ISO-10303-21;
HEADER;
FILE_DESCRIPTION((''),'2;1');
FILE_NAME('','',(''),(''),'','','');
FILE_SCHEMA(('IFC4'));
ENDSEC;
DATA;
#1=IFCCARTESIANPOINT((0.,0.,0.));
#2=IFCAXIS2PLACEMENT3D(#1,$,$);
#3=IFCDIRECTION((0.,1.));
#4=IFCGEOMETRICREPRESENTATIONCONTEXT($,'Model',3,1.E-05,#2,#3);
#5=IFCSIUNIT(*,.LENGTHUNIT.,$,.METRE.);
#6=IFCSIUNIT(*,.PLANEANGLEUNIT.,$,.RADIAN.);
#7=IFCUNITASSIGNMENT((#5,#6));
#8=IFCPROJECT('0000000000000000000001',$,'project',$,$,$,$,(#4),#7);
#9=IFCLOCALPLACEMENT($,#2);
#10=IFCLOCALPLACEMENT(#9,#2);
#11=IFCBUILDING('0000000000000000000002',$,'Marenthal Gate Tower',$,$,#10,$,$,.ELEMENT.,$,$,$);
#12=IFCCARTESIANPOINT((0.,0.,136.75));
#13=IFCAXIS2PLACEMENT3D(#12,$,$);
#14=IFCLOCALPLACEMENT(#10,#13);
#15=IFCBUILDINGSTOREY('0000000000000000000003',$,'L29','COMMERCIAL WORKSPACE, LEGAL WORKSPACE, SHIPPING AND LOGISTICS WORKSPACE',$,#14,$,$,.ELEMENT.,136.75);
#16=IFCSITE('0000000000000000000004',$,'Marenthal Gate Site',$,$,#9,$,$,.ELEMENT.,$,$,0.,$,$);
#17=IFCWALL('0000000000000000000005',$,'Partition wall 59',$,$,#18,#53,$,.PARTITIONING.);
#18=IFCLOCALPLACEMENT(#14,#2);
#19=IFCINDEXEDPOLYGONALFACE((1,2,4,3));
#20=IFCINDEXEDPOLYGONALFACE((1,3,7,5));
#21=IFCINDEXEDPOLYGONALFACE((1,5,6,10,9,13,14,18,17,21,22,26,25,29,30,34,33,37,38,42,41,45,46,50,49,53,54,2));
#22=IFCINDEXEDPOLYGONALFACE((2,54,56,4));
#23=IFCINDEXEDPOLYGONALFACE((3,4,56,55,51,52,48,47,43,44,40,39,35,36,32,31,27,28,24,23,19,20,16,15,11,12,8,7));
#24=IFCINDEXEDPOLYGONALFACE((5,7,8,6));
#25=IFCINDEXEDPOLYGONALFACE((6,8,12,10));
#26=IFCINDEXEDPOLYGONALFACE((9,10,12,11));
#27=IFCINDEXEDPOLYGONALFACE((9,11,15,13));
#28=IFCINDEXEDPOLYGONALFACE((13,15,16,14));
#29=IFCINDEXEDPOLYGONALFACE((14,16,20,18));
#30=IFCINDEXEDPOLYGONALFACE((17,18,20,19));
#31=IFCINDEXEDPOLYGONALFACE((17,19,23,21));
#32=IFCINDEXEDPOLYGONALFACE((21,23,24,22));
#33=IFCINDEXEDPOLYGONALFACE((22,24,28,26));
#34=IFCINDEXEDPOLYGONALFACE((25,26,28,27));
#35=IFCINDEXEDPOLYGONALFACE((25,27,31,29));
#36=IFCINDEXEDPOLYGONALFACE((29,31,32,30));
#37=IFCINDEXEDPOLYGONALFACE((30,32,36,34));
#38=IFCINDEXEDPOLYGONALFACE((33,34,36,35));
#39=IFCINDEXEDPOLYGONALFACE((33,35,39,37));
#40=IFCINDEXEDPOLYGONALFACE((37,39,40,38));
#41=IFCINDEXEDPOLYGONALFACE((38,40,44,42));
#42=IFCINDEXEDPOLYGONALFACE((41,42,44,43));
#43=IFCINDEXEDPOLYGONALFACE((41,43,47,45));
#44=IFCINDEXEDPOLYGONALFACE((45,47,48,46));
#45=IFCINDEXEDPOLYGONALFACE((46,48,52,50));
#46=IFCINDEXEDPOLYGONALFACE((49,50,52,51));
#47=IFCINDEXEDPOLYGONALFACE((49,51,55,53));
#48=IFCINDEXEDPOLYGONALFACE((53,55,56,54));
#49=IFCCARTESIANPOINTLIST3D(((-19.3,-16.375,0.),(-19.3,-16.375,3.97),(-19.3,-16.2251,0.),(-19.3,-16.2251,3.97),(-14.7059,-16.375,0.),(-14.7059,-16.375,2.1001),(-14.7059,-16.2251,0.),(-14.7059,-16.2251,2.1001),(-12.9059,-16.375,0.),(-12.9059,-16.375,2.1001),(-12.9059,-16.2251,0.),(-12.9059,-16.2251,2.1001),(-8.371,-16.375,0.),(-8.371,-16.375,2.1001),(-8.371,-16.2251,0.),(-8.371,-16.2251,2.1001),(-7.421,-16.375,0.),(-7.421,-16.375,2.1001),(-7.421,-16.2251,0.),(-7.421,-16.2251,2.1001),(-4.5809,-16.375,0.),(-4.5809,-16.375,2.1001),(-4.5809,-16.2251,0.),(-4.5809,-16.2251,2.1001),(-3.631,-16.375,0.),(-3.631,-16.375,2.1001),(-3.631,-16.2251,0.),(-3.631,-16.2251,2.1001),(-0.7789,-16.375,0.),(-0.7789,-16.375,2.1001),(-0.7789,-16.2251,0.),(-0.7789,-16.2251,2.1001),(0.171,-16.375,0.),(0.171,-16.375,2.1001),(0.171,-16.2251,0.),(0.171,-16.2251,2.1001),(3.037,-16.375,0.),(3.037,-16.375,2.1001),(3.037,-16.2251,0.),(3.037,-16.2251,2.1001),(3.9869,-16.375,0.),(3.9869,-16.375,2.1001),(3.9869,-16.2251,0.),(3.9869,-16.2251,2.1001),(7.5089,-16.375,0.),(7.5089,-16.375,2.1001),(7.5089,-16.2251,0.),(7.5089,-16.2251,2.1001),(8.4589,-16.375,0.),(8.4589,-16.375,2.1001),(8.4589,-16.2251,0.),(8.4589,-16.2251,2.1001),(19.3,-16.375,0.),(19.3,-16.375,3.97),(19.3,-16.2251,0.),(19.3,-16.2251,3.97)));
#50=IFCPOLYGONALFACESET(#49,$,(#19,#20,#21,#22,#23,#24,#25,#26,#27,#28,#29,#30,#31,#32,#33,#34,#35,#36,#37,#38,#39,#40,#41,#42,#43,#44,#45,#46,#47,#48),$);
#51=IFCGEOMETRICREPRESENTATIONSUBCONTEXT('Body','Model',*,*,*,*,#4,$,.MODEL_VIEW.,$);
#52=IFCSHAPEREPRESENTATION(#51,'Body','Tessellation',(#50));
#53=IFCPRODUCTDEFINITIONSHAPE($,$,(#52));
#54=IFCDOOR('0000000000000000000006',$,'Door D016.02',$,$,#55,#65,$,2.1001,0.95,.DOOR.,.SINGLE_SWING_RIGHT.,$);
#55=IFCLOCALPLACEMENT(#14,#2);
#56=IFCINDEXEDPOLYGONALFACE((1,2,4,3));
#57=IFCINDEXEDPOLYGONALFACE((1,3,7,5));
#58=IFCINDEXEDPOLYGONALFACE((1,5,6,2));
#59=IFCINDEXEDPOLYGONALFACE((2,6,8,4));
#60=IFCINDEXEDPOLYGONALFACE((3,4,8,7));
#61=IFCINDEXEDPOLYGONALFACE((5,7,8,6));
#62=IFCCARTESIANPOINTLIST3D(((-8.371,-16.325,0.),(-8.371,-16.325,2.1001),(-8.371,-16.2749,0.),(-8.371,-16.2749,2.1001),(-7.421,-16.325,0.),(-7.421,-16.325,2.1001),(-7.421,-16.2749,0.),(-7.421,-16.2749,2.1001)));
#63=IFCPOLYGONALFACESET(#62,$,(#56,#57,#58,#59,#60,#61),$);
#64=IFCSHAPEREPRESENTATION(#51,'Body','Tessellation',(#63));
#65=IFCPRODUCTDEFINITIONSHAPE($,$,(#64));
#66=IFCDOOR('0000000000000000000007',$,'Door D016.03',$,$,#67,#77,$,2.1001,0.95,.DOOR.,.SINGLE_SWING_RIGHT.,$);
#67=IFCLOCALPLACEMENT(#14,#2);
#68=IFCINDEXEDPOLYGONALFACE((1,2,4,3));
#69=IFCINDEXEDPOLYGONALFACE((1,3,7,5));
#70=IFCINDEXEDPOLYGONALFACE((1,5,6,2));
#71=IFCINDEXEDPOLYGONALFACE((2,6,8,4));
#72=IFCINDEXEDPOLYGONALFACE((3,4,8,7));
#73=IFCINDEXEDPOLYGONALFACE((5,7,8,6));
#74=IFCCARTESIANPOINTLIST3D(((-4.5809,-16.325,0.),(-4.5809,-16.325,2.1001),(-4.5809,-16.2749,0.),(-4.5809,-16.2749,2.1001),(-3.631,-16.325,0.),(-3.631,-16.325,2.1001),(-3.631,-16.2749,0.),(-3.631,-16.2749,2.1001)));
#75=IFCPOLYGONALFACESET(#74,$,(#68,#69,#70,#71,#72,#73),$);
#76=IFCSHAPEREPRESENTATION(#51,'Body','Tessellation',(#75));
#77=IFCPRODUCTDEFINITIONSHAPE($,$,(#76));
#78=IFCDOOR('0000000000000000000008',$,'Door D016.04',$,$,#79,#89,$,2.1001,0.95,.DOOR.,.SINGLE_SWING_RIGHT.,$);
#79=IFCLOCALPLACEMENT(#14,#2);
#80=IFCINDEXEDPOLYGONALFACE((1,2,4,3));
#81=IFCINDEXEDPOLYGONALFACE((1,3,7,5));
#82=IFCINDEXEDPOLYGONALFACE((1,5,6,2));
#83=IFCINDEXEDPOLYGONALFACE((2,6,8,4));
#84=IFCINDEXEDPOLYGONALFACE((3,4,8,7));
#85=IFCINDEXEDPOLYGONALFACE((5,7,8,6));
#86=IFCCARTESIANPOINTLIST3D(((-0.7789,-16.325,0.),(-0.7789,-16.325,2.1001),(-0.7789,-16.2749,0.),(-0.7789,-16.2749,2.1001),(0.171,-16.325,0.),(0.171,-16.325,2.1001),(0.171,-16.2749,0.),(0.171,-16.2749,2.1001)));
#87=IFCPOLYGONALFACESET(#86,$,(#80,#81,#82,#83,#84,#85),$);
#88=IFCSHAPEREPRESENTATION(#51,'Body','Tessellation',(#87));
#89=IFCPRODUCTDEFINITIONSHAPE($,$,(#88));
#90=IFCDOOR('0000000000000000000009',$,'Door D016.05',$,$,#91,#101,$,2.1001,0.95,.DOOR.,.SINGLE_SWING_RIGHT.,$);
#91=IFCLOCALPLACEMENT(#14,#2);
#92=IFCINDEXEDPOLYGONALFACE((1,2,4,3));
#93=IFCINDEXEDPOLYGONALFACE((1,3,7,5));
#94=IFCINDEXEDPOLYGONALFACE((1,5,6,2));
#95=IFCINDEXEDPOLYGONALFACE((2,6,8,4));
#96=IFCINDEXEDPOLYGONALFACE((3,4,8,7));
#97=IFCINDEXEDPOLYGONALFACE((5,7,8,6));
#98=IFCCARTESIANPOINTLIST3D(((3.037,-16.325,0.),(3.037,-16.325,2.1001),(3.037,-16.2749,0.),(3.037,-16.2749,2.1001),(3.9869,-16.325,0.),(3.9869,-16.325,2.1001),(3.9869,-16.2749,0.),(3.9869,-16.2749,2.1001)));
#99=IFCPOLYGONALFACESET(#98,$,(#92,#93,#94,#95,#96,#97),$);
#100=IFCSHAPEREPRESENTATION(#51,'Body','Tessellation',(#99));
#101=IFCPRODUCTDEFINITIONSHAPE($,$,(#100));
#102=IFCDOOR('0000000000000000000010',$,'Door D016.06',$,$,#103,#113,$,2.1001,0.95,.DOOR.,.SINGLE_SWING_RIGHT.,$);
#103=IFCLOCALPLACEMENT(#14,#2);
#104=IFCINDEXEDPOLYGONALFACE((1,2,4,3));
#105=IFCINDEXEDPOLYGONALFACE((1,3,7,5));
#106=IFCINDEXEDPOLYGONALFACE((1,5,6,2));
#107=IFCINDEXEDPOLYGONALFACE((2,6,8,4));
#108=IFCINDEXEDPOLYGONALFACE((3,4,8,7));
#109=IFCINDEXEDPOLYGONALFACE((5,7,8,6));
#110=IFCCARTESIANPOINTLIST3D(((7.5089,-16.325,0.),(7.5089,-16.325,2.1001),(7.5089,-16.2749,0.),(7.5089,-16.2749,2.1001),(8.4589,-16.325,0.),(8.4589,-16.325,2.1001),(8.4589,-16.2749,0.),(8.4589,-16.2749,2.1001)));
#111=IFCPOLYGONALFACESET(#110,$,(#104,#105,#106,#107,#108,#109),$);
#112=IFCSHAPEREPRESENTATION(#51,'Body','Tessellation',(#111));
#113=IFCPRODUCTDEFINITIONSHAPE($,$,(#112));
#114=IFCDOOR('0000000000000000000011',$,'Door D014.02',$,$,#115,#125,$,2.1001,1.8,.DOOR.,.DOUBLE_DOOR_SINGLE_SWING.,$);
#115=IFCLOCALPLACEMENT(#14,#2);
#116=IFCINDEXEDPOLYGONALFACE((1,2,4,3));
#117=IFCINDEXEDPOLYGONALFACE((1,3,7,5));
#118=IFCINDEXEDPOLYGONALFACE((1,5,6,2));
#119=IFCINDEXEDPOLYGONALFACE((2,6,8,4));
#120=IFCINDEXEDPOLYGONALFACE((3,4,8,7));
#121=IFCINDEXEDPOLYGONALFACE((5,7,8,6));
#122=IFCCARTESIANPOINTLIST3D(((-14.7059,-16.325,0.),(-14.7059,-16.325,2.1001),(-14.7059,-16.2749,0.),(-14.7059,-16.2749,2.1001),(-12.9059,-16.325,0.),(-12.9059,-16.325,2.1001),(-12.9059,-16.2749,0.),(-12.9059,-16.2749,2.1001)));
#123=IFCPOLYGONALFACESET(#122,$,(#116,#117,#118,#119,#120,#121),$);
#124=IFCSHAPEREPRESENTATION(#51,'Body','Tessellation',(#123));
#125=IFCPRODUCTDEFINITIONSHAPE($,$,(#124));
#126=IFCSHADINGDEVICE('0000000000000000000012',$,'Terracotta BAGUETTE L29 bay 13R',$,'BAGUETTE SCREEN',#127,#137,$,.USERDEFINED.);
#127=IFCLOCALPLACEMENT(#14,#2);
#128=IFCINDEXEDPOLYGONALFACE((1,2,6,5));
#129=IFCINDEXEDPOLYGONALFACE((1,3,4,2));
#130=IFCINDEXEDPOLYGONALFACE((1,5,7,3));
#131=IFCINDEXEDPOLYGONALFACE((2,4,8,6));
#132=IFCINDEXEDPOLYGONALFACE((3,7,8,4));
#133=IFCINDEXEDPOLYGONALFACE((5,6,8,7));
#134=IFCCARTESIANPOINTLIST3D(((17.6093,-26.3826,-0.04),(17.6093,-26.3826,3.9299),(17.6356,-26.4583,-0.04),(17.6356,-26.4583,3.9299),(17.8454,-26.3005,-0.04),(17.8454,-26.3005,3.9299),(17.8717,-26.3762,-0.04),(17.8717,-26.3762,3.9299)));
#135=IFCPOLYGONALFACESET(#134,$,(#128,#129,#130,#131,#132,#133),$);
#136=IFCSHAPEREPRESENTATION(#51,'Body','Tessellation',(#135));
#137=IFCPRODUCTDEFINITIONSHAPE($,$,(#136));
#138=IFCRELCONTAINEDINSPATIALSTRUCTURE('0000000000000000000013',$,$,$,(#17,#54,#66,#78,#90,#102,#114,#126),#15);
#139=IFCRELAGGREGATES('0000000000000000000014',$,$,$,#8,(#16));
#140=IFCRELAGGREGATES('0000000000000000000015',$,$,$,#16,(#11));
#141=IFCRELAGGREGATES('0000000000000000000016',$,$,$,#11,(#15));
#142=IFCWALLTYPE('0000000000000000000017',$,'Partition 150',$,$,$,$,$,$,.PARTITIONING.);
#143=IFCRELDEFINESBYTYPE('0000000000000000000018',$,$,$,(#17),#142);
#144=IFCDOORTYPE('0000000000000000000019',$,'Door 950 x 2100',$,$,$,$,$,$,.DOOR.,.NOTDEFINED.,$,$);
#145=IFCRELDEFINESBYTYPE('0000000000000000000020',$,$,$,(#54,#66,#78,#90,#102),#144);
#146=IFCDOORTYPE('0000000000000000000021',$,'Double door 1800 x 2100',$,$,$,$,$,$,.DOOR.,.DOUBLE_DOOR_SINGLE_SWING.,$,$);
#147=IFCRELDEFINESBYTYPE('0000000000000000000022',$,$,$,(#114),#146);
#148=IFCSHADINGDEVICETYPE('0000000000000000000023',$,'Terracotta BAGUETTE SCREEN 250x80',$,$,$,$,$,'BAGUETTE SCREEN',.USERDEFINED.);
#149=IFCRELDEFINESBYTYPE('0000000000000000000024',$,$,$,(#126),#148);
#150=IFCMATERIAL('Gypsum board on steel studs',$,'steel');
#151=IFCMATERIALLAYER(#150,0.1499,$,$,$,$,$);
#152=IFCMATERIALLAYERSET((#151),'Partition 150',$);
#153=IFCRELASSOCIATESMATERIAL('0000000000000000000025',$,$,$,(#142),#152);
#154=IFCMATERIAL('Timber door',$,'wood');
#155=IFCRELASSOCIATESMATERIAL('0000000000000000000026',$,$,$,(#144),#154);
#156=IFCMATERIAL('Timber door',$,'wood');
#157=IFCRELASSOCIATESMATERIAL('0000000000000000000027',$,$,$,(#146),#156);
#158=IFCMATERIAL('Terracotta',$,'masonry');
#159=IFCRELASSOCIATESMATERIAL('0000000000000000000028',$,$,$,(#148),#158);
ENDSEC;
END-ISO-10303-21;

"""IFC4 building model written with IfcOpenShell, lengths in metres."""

from ifc_helpers import new_model, si_unit, direction, frame, frame_2d, origin, origin_2d, place, context, subcontext, project, spatial, rectangle, extrude, material, layer, layer_set, material_profile, profile_set, type_object, element, fill, save


model = new_model("IFC4")

# Units and contexts
model_context = context("Model", 3, precision=1e-05, world=origin(), true_north=direction((0.0, 1.0)))
body_context = subcontext(model_context, "Body", "Model", "MODEL_VIEW")
ifc_project = project(units=[si_unit("LENGTHUNIT", "METRE"), si_unit("PLANEANGLEUNIT", "RADIAN")], contexts=[model_context])

# Site, building, storey
site_placement = place(None, origin())
site = spatial("IfcSite", under=ifc_project, at=site_placement, Name="Marenthal Gate Site", CompositionType="ELEMENT", RefElevation=0.0)
building_placement = place(site_placement, origin())
building = spatial("IfcBuilding", under=site, at=building_placement, Name="Marenthal Gate Tower", CompositionType="ELEMENT")
storey_placement = place(building_placement, frame((0.0, 0.0, 136.75)))
storey = spatial("IfcBuildingStorey", under=building, at=storey_placement, Name="L29", Description="COMMERCIAL WORKSPACE, LEGAL WORKSPACE, SHIPPING AND LOGISTICS WORKSPACE", CompositionType="ELEMENT", Elevation=136.75)

# Wall, openings, doors
ifc_material_1 = material(Name="Gypsum board on steel studs", Category="steel")
ifc_layer_1 = layer(ifc_material_1, 0.1499)
ifc_layer_set_1 = layer_set([ifc_layer_1], Name="Partition 150")
wall_type_1 = type_object("IfcWallType", Name="Partition 150", PredefinedType="PARTITIONING", material=ifc_layer_set_1)
wall_1_placement = place(storey_placement, frame((19.3, -16.3, 0.0), z_axis=(0.0, 0.0, 1.0), x_axis=(-1.0, 0.0, 0.0)))
wall_1 = element("IfcWall", 1, at=wall_1_placement, inside=storey, type_object=wall_type_1, Name="Partition wall 59", PredefinedType="PARTITIONING", context=body_context, shape_type="SweptSolid", body=[
    extrude(rectangle(XDim=38.6001, YDim=0.1499, at=frame_2d((19.3, 0.0))), origin(), (0.0, 0.0, 1.0), 3.97),
])
opening_1_placement = place(wall_1_placement, frame((32.2061, 0.0, 0.0)))
opening_1 = element("IfcOpeningElement", 2, at=opening_1_placement, cuts=wall_1, PredefinedType="OPENING", context=body_context, shape_type="SweptSolid", body=[
    extrude(rectangle(XDim=1.8, YDim=2.1001, at=frame_2d((0.8999, 1.05))), frame((0.0, 0.085, 0.0), z_axis=(0.0, -1.0, 0.0), x_axis=(1.0, 0.0, 0.0)), (0.0, 0.0, 1.0), 0.1699),
])
opening_2_placement = place(wall_1_placement, frame((26.7209, 0.0, 0.0)))
opening_2 = element("IfcOpeningElement", 3, at=opening_2_placement, cuts=wall_1, PredefinedType="OPENING", context=body_context, shape_type="SweptSolid", body=[
    extrude(rectangle(XDim=0.95, YDim=2.1001, at=frame_2d((0.4751, 1.05))), frame((0.0, 0.085, 0.0), z_axis=(0.0, -1.0, 0.0), x_axis=(1.0, 0.0, 0.0)), (0.0, 0.0, 1.0), 0.1699),
])
opening_3_placement = place(wall_1_placement, frame((22.9309, 0.0, 0.0)))
opening_3 = element("IfcOpeningElement", 4, at=opening_3_placement, cuts=wall_1, PredefinedType="OPENING", context=body_context, shape_type="SweptSolid", body=[
    extrude(rectangle(XDim=0.95, YDim=2.1001, at=frame_2d((0.4751, 1.05))), frame((0.0, 0.085, 0.0), z_axis=(0.0, -1.0, 0.0), x_axis=(1.0, 0.0, 0.0)), (0.0, 0.0, 1.0), 0.1699),
])
opening_4_placement = place(wall_1_placement, frame((19.1289, 0.0, 0.0)))
opening_4 = element("IfcOpeningElement", 5, at=opening_4_placement, cuts=wall_1, PredefinedType="OPENING", context=body_context, shape_type="SweptSolid", body=[
    extrude(rectangle(XDim=0.95, YDim=2.1001, at=frame_2d((0.4751, 1.05))), frame((0.0, 0.085, 0.0), z_axis=(0.0, -1.0, 0.0), x_axis=(1.0, 0.0, 0.0)), (0.0, 0.0, 1.0), 0.1699),
])
opening_5_placement = place(wall_1_placement, frame((15.313, 0.0, 0.0)))
opening_5 = element("IfcOpeningElement", 6, at=opening_5_placement, cuts=wall_1, PredefinedType="OPENING", context=body_context, shape_type="SweptSolid", body=[
    extrude(rectangle(XDim=0.95, YDim=2.1001, at=frame_2d((0.4751, 1.05))), frame((0.0, 0.085, 0.0), z_axis=(0.0, -1.0, 0.0), x_axis=(1.0, 0.0, 0.0)), (0.0, 0.0, 1.0), 0.1699),
])
opening_6_placement = place(wall_1_placement, frame((10.8411, 0.0, 0.0)))
opening_6 = element("IfcOpeningElement", 7, at=opening_6_placement, cuts=wall_1, PredefinedType="OPENING", context=body_context, shape_type="SweptSolid", body=[
    extrude(rectangle(XDim=0.95, YDim=2.1001, at=frame_2d((0.4751, 1.05))), frame((0.0, 0.085, 0.0), z_axis=(0.0, -1.0, 0.0), x_axis=(1.0, 0.0, 0.0)), (0.0, 0.0, 1.0), 0.1699),
])
ifc_material_2 = material(Name="Timber door", Category="wood")
door_type_1 = type_object("IfcDoorType", Name="Door 950 x 2100", OperationType="NOTDEFINED", PredefinedType="DOOR", material=ifc_material_2)
door_1_placement = place(opening_2_placement, origin())
door_1 = element("IfcDoor", 8, at=door_1_placement, inside=storey, type_object=door_type_1, Name="Door D016.02", OperationType="SINGLE_SWING_RIGHT", OverallHeight=2.1001, OverallWidth=0.95, PredefinedType="DOOR", context=body_context, shape_type="SweptSolid", body=[
    extrude(rectangle(XDim=0.95, YDim=2.1001, at=frame_2d((0.4751, 1.05))), frame((0.0, 0.0249, 0.0), z_axis=(0.0, -1.0, 0.0), x_axis=(1.0, 0.0, 0.0)), (0.0, 0.0, 1.0), 0.05),
])
fill(opening_2, door_1)
door_2_placement = place(opening_3_placement, origin())
door_2 = element("IfcDoor", 9, at=door_2_placement, inside=storey, type_object=door_type_1, Name="Door D016.03", OperationType="SINGLE_SWING_RIGHT", OverallHeight=2.1001, OverallWidth=0.95, PredefinedType="DOOR", context=body_context, shape_type="SweptSolid", body=[
    extrude(rectangle(XDim=0.95, YDim=2.1001, at=frame_2d((0.4751, 1.05))), frame((0.0, 0.0249, 0.0), z_axis=(0.0, -1.0, 0.0), x_axis=(1.0, 0.0, 0.0)), (0.0, 0.0, 1.0), 0.05),
])
fill(opening_3, door_2)
door_3_placement = place(opening_4_placement, origin())
door_3 = element("IfcDoor", 10, at=door_3_placement, inside=storey, type_object=door_type_1, Name="Door D016.04", OperationType="SINGLE_SWING_RIGHT", OverallHeight=2.1001, OverallWidth=0.95, PredefinedType="DOOR", context=body_context, shape_type="SweptSolid", body=[
    extrude(rectangle(XDim=0.95, YDim=2.1001, at=frame_2d((0.4751, 1.05))), frame((0.0, 0.0249, 0.0), z_axis=(0.0, -1.0, 0.0), x_axis=(1.0, 0.0, 0.0)), (0.0, 0.0, 1.0), 0.05),
])
fill(opening_4, door_3)
door_4_placement = place(opening_5_placement, origin())
door_4 = element("IfcDoor", 11, at=door_4_placement, inside=storey, type_object=door_type_1, Name="Door D016.05", OperationType="SINGLE_SWING_RIGHT", OverallHeight=2.1001, OverallWidth=0.95, PredefinedType="DOOR", context=body_context, shape_type="SweptSolid", body=[
    extrude(rectangle(XDim=0.95, YDim=2.1001, at=frame_2d((0.4751, 1.05))), frame((0.0, 0.0249, 0.0), z_axis=(0.0, -1.0, 0.0), x_axis=(1.0, 0.0, 0.0)), (0.0, 0.0, 1.0), 0.05),
])
fill(opening_5, door_4)
door_5_placement = place(opening_6_placement, origin())
door_5 = element("IfcDoor", 12, at=door_5_placement, inside=storey, type_object=door_type_1, Name="Door D016.06", OperationType="SINGLE_SWING_RIGHT", OverallHeight=2.1001, OverallWidth=0.95, PredefinedType="DOOR", context=body_context, shape_type="SweptSolid", body=[
    extrude(rectangle(XDim=0.95, YDim=2.1001, at=frame_2d((0.4751, 1.05))), frame((0.0, 0.0249, 0.0), z_axis=(0.0, -1.0, 0.0), x_axis=(1.0, 0.0, 0.0)), (0.0, 0.0, 1.0), 0.05),
])
fill(opening_6, door_5)
ifc_material_3 = material(Name="Timber door", Category="wood")
door_type_2 = type_object("IfcDoorType", Name="Double door 1800 x 2100", OperationType="DOUBLE_DOOR_SINGLE_SWING", PredefinedType="DOOR", material=ifc_material_3)
door_6_placement = place(opening_1_placement, origin())
door_6 = element("IfcDoor", 13, at=door_6_placement, inside=storey, type_object=door_type_2, Name="Door D014.02", OperationType="DOUBLE_DOOR_SINGLE_SWING", OverallHeight=2.1001, OverallWidth=1.8, PredefinedType="DOOR", context=body_context, shape_type="SweptSolid", body=[
    extrude(rectangle(XDim=1.8, YDim=2.1001, at=frame_2d((0.8999, 1.05))), frame((0.0, 0.0249, 0.0), z_axis=(0.0, -1.0, 0.0), x_axis=(1.0, 0.0, 0.0)), (0.0, 0.0, 1.0), 0.05),
])
fill(opening_1, door_6)

# Shading device
ifc_material_4 = material(Name="Terracotta", Category="masonry")
ifc_material_profile_1 = material_profile(ifc_material_4, rectangle(XDim=0.25, YDim=0.0801, at=origin_2d()), Name="Terracotta baguette 250x80")
ifc_profile_set_1 = profile_set([ifc_material_profile_1], Name="Terracotta")
shading_device_type = type_object("IfcShadingDeviceType", Name="Terracotta BAGUETTE SCREEN 250x80", ElementType="BAGUETTE SCREEN", PredefinedType="USERDEFINED", material=ifc_profile_set_1)
shading_device_placement = place(storey_placement, frame((17.7405, -26.3794, -0.04), z_axis=(0.0, 0.0, 1.0), x_axis=(0.944552, 0.328363, 0.0)))
element("IfcShadingDevice", 14, at=shading_device_placement, inside=storey, type_object=shading_device_type, Name="Terracotta BAGUETTE L29 bay 13R", ObjectType="BAGUETTE SCREEN", PredefinedType="USERDEFINED", context=body_context, shape_type="SweptSolid", body=[
    extrude(rectangle(XDim=0.25, YDim=0.0801, at=origin_2d()), origin(), (0.0, 0.0, 1.0), 3.97),
])

save(model, "model.ifc")
